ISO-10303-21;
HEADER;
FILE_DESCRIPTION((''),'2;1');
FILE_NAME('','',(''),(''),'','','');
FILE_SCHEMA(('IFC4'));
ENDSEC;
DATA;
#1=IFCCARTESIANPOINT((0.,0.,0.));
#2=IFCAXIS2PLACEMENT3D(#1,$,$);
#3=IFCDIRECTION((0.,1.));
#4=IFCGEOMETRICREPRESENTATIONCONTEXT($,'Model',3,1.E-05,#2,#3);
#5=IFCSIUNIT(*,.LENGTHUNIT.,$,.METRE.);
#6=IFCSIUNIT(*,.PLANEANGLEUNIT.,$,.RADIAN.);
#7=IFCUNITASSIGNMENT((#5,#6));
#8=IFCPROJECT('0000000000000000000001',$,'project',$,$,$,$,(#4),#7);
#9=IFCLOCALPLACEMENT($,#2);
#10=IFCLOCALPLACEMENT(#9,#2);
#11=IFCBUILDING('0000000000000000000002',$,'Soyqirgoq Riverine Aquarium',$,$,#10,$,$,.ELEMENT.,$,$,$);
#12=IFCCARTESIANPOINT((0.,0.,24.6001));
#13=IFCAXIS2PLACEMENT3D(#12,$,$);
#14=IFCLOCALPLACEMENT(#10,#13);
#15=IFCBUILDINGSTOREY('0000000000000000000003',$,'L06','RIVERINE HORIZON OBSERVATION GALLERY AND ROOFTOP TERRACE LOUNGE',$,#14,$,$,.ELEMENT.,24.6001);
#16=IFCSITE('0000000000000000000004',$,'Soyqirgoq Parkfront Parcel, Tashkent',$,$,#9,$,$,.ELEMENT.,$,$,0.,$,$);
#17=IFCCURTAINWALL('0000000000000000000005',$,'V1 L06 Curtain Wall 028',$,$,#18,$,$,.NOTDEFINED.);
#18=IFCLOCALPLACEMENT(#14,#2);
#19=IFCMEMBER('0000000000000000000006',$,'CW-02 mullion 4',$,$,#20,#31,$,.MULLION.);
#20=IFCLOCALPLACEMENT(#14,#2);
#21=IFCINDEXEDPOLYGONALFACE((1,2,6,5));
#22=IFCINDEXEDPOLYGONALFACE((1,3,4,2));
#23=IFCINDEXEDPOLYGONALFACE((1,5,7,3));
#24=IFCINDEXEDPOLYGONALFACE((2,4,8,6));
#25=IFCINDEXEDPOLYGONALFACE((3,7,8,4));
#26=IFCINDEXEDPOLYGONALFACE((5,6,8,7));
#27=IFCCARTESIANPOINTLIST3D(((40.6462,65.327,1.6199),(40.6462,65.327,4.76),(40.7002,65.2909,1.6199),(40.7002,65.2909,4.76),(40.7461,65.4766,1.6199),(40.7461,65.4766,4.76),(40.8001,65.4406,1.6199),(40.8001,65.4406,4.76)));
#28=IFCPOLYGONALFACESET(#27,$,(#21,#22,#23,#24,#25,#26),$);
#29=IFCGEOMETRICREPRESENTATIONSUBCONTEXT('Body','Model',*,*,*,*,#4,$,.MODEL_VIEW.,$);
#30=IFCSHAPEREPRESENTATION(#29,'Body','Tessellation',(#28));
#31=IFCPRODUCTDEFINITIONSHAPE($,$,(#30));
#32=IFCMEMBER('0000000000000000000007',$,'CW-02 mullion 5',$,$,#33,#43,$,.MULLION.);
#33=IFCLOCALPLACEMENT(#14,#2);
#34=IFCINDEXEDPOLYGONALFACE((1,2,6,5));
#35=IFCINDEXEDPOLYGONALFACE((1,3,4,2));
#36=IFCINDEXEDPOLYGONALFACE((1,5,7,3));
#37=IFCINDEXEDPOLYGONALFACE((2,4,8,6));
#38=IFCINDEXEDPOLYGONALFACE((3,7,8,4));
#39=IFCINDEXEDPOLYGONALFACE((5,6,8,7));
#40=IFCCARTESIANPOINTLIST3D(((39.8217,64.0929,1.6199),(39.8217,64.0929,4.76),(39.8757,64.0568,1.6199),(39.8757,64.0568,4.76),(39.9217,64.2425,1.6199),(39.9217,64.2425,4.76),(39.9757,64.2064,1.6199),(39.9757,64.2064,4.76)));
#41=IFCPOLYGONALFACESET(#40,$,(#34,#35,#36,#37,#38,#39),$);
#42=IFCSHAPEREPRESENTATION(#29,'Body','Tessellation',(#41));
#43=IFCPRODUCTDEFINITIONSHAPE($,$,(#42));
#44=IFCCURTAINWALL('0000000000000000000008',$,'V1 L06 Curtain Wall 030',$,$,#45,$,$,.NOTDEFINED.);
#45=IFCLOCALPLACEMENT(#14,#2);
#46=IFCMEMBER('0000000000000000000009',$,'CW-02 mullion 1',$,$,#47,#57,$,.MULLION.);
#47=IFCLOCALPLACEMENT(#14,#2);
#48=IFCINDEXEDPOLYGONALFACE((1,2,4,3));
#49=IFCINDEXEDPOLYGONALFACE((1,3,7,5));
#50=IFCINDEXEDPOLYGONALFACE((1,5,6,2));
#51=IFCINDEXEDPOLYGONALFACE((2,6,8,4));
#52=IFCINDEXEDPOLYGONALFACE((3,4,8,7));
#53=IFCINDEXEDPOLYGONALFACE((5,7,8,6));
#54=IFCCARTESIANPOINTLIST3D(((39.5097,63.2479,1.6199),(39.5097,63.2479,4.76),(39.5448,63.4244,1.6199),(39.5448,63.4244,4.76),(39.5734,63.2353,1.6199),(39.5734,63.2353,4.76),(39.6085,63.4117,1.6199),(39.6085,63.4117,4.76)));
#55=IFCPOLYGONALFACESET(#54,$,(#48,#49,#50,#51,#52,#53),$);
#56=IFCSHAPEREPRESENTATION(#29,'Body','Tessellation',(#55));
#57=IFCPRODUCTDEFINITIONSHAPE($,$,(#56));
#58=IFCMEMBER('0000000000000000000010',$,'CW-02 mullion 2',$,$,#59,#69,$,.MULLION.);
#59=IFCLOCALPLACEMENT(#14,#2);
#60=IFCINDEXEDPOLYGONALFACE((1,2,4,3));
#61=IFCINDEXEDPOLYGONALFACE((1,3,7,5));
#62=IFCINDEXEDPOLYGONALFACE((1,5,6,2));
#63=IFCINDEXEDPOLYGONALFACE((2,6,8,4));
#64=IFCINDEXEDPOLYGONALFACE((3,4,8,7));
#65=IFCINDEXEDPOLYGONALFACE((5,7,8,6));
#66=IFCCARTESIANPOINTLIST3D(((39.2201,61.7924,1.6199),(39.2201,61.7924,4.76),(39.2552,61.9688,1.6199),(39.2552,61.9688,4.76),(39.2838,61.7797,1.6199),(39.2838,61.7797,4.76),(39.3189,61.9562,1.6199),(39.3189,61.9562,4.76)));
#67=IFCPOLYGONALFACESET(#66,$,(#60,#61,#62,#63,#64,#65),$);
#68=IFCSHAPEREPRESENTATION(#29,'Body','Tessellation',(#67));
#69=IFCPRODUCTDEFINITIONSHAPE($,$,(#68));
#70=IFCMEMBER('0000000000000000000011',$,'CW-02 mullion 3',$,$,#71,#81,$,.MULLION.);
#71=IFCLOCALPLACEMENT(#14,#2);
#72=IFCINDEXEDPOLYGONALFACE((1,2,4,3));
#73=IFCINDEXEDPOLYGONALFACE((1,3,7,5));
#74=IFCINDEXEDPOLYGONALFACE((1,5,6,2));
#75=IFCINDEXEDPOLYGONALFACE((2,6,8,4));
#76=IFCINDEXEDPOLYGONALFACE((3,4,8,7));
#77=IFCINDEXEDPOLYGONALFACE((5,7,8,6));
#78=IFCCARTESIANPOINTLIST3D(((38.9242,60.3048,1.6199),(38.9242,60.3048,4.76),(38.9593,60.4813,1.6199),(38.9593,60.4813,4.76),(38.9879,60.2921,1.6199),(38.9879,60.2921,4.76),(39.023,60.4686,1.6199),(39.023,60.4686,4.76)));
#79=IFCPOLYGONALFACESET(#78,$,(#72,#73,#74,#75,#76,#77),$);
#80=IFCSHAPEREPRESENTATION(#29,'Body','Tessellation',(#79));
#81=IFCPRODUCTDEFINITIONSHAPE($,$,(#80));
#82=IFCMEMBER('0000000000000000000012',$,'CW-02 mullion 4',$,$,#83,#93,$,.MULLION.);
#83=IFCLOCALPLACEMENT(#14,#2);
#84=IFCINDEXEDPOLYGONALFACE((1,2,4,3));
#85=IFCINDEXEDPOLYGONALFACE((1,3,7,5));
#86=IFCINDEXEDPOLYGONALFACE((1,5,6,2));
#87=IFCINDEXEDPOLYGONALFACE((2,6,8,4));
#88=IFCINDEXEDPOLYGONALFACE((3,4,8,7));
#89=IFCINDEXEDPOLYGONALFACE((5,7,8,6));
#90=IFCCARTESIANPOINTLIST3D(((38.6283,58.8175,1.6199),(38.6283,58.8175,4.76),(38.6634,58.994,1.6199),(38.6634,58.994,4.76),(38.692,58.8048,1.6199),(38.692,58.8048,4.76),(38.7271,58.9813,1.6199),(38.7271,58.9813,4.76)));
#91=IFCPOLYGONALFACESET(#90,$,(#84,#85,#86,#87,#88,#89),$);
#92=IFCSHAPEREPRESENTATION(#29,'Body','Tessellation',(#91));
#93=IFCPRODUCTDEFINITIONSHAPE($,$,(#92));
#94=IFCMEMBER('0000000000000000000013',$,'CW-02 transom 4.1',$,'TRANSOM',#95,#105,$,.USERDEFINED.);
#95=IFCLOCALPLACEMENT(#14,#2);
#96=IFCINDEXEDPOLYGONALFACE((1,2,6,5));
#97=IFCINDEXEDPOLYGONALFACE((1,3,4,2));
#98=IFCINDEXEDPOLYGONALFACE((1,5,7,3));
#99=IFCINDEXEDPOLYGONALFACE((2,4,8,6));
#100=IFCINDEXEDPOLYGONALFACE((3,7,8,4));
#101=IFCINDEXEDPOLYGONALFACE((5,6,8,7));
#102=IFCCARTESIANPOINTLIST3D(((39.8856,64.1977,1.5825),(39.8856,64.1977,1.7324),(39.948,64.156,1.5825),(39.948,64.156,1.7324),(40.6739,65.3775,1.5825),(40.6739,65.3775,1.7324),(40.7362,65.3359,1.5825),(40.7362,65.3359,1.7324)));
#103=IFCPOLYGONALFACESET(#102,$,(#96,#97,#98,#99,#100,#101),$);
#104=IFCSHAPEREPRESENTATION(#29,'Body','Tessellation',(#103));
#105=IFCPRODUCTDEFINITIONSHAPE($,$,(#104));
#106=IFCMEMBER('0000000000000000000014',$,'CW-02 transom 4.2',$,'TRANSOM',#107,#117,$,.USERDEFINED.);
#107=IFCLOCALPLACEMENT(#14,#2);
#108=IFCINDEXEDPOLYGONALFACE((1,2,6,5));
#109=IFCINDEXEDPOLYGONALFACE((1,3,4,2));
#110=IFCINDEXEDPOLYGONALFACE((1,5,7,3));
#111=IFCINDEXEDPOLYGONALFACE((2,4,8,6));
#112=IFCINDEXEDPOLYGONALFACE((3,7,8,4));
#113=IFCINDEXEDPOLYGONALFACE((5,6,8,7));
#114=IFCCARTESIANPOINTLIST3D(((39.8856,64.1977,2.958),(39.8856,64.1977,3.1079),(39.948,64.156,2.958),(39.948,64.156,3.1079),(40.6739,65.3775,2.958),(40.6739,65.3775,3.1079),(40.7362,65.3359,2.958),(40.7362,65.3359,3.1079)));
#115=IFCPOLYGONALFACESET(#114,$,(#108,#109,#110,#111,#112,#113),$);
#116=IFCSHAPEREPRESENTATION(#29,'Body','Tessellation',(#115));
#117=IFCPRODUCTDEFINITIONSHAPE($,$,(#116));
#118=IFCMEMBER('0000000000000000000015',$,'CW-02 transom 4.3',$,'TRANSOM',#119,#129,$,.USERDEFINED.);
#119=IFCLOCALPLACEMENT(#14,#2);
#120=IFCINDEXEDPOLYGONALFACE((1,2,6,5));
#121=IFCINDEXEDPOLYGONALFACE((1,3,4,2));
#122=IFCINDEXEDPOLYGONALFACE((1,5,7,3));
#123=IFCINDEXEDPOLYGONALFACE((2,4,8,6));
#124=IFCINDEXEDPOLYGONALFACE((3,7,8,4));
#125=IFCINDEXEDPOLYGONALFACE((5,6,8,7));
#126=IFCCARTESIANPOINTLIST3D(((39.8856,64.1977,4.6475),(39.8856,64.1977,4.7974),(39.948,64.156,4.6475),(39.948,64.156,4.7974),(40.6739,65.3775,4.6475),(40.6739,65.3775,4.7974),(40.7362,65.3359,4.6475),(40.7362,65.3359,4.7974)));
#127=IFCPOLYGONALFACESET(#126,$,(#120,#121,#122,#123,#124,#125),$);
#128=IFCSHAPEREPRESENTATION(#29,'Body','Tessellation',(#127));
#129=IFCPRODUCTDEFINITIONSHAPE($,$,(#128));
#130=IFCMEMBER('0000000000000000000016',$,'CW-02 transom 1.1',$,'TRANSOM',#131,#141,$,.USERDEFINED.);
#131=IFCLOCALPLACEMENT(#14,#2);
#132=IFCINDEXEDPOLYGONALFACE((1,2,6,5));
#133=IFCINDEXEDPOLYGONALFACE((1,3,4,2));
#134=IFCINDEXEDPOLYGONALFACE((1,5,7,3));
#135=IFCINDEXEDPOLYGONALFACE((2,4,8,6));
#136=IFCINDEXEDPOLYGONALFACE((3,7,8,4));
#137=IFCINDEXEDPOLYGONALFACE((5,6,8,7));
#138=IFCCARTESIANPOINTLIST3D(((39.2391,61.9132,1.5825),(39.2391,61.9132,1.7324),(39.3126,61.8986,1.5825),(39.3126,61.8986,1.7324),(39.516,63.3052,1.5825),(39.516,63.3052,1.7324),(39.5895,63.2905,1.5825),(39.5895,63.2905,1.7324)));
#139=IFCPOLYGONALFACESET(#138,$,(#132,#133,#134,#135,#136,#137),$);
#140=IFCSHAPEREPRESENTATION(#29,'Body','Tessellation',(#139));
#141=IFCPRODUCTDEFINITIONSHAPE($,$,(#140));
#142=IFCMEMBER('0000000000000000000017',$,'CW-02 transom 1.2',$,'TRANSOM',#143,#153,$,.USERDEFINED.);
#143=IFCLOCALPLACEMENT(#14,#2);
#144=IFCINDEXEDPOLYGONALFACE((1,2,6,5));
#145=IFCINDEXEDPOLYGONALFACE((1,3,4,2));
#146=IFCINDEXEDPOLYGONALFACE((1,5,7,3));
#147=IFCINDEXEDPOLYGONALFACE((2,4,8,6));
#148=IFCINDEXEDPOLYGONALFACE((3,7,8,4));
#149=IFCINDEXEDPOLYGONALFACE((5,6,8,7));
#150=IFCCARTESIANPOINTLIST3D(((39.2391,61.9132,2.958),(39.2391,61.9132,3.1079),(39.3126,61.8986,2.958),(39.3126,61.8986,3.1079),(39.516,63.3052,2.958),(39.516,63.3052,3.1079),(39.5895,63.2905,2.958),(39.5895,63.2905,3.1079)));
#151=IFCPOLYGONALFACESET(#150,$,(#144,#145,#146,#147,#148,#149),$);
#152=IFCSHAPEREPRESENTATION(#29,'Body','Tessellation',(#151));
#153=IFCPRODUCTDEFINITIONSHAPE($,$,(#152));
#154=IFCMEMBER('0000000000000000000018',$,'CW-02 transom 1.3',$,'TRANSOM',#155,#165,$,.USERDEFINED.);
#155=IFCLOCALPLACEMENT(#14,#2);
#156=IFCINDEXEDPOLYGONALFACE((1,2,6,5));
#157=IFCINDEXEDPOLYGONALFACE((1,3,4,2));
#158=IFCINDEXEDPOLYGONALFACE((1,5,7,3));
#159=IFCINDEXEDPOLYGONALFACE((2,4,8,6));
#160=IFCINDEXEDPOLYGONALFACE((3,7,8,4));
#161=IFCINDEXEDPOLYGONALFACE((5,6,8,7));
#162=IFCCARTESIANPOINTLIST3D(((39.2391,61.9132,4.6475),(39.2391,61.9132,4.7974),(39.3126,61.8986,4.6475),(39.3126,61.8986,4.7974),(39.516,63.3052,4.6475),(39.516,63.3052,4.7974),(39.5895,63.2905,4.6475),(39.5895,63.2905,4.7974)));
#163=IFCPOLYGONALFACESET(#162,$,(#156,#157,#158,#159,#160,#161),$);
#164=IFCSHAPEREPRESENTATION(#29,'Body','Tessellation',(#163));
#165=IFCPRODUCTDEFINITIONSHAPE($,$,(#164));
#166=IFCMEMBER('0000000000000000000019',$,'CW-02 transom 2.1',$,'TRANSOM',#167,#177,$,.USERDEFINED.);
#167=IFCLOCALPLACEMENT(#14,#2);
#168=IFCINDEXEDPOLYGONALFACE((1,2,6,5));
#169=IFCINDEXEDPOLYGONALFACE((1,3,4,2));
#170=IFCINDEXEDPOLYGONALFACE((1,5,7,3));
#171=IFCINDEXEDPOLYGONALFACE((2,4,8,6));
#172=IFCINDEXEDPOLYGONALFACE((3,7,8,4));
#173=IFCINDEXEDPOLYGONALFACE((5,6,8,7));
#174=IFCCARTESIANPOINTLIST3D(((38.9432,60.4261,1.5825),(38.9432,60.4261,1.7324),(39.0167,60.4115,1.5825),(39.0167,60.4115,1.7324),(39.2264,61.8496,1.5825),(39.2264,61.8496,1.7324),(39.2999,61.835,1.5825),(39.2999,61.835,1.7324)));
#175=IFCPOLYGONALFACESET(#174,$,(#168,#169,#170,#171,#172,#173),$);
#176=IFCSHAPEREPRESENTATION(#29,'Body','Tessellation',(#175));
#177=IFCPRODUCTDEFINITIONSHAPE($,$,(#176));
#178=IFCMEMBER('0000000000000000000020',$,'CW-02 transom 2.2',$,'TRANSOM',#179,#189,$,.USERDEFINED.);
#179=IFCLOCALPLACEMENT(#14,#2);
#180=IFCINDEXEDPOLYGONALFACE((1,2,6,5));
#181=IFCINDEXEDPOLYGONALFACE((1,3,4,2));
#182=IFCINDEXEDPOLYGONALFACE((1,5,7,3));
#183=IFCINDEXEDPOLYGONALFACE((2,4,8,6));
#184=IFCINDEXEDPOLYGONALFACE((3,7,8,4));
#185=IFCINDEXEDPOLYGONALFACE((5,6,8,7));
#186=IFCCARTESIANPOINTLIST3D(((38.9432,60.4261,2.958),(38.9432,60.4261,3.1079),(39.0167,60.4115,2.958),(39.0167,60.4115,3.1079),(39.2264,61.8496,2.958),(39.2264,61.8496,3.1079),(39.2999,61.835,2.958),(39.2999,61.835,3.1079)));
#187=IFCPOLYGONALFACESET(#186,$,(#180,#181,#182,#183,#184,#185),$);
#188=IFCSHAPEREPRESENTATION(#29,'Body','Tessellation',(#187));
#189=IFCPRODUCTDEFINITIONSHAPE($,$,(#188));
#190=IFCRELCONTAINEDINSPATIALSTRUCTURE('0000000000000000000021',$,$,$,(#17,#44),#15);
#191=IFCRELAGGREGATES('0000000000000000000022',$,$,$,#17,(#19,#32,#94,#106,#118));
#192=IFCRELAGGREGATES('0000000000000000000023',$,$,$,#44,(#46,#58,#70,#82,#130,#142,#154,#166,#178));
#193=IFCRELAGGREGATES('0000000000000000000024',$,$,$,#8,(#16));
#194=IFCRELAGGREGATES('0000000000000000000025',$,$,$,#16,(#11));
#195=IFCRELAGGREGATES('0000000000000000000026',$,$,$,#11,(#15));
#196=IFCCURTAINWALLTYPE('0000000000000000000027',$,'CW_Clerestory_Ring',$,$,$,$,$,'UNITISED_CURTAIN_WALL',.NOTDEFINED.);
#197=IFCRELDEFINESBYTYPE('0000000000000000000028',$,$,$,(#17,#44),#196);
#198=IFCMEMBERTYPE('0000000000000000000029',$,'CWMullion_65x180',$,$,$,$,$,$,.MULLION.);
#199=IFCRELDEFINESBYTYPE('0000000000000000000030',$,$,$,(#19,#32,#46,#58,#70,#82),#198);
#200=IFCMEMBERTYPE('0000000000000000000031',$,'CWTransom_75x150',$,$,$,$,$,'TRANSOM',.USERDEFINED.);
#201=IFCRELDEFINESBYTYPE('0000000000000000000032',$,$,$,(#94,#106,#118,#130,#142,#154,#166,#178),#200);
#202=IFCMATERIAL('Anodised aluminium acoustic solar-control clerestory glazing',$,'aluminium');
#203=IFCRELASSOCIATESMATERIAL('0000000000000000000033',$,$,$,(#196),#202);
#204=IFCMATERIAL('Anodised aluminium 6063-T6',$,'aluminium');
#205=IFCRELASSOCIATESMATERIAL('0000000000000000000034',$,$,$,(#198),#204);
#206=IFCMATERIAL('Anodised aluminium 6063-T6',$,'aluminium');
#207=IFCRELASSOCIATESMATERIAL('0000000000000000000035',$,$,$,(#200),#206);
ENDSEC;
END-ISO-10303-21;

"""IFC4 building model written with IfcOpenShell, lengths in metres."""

from ifc_helpers import new_model, si_unit, direction, frame, origin, origin_2d, place, context, subcontext, project, spatial, rectangle, extrude, material, material_profile, profile_set, type_object, element, aggregate, save


model = new_model("IFC4")

# Units and contexts
model_context = context("Model", 3, precision=1e-05, world=origin(), true_north=direction((0.0, 1.0)))
body_context = subcontext(model_context, "Body", "Model", "MODEL_VIEW")
ifc_project = project(units=[si_unit("LENGTHUNIT", "METRE"), si_unit("PLANEANGLEUNIT", "RADIAN")], contexts=[model_context])

# Site, building, storey
site_placement = place(None, origin())
site = spatial("IfcSite", under=ifc_project, at=site_placement, Name="Soyqirgoq Parkfront Parcel, Tashkent", CompositionType="ELEMENT", RefElevation=0.0)
building_placement = place(site_placement, origin())
building = spatial("IfcBuilding", under=site, at=building_placement, Name="Soyqirgoq Riverine Aquarium", CompositionType="ELEMENT")
storey_placement = place(building_placement, frame((0.0, 0.0, 24.6001)))
storey = spatial("IfcBuildingStorey", under=building, at=storey_placement, Name="L06", Description="RIVERINE HORIZON OBSERVATION GALLERY AND ROOFTOP TERRACE LOUNGE", CompositionType="ELEMENT", Elevation=24.6001)

# Curtain walls, members
ifc_material_1 = material(Name="Anodised aluminium acoustic solar-control clerestory glazing", Category="aluminium")
curtain_wall_type = type_object("IfcCurtainWallType", Name="CW_Clerestory_Ring", ElementType="UNITISED_CURTAIN_WALL", PredefinedType="NOTDEFINED", material=ifc_material_1)
curtain_wall_1_placement = place(storey_placement, origin())
curtain_wall_1 = element("IfcCurtainWall", 1, at=curtain_wall_1_placement, inside=storey, type_object=curtain_wall_type, Name="V1 L06 Curtain Wall 028", PredefinedType="NOTDEFINED")
ifc_material_2 = material(Name="Anodised aluminium 6063-T6", Category="aluminium")
ifc_material_profile_1 = material_profile(ifc_material_2, rectangle(XDim=0.0649, YDim=0.1799, at=origin_2d()), Name="ALU-M 65x180")
ifc_profile_set_1 = profile_set([ifc_material_profile_1], Name="Anodised aluminium 6063-T6")
member_type_1 = type_object("IfcMemberType", Name="CWMullion_65x180", PredefinedType="MULLION", material=ifc_profile_set_1)
member_1_placement = place(storey_placement, frame((40.7231, 65.3838, 1.6199), z_axis=(0.0, 0.0, 1.0), x_axis=(0.831464, -0.555579, 0.0)))
member_1 = element("IfcMember", 2, at=member_1_placement, type_object=member_type_1, Name="CW-02 mullion 4", PredefinedType="MULLION", context=body_context, shape_type="SweptSolid", body=[
    extrude(rectangle(XDim=0.0649, YDim=0.1799, at=origin_2d()), origin(), (0.0, 0.0, 1.0), 3.1401),
])
member_2_placement = place(storey_placement, frame((39.8987, 64.1497, 1.6199), z_axis=(0.0, 0.0, 1.0), x_axis=(0.831464, -0.555579, 0.0)))
member_2 = element("IfcMember", 3, at=member_2_placement, type_object=member_type_1, Name="CW-02 mullion 5", PredefinedType="MULLION", context=body_context, shape_type="SweptSolid", body=[
    extrude(rectangle(XDim=0.0649, YDim=0.1799, at=origin_2d()), origin(), (0.0, 0.0, 1.0), 3.1401),
])
curtain_wall_2_placement = place(storey_placement, origin())
curtain_wall_2 = element("IfcCurtainWall", 4, at=curtain_wall_2_placement, inside=storey, type_object=curtain_wall_type, Name="V1 L06 Curtain Wall 030", PredefinedType="NOTDEFINED")
member_3_placement = place(storey_placement, frame((39.5591, 63.3298, 1.6199), z_axis=(0.0, 0.0, 1.0), x_axis=(0.980784, -0.195095, 0.0)))
member_3 = element("IfcMember", 5, at=member_3_placement, type_object=member_type_1, Name="CW-02 mullion 1", PredefinedType="MULLION", context=body_context, shape_type="SweptSolid", body=[
    extrude(rectangle(XDim=0.0649, YDim=0.1799, at=origin_2d()), origin(), (0.0, 0.0, 1.0), 3.1401),
])
member_4_placement = place(storey_placement, frame((39.2695, 61.8743, 1.6199), z_axis=(0.0, 0.0, 1.0), x_axis=(0.980784, -0.195095, 0.0)))
member_4 = element("IfcMember", 6, at=member_4_placement, type_object=member_type_1, Name="CW-02 mullion 2", PredefinedType="MULLION", context=body_context, shape_type="SweptSolid", body=[
    extrude(rectangle(XDim=0.0649, YDim=0.1799, at=origin_2d()), origin(), (0.0, 0.0, 1.0), 3.1401),
])
member_5_placement = place(storey_placement, frame((38.9736, 60.3867, 1.6199), z_axis=(0.0, 0.0, 1.0), x_axis=(0.980784, -0.195095, 0.0)))
member_5 = element("IfcMember", 7, at=member_5_placement, type_object=member_type_1, Name="CW-02 mullion 3", PredefinedType="MULLION", context=body_context, shape_type="SweptSolid", body=[
    extrude(rectangle(XDim=0.0649, YDim=0.1799, at=origin_2d()), origin(), (0.0, 0.0, 1.0), 3.1401),
])
member_6_placement = place(storey_placement, frame((38.6777, 58.8994, 1.6199), z_axis=(0.0, 0.0, 1.0), x_axis=(0.980784, -0.195095, 0.0)))
member_6 = element("IfcMember", 8, at=member_6_placement, type_object=member_type_1, Name="CW-02 mullion 4", PredefinedType="MULLION", context=body_context, shape_type="SweptSolid", body=[
    extrude(rectangle(XDim=0.0649, YDim=0.1799, at=origin_2d()), origin(), (0.0, 0.0, 1.0), 3.1401),
])

# Members
ifc_material_3 = material(Name="Anodised aluminium 6063-T6", Category="aluminium")
ifc_material_profile_2 = material_profile(ifc_material_3, rectangle(XDim=0.075, YDim=0.1499, at=origin_2d()), Name="ALU-T 75x150")
ifc_profile_set_2 = profile_set([ifc_material_profile_2], Name="Anodised aluminium 6063-T6")
member_type_2 = type_object("IfcMemberType", Name="CWTransom_75x150", ElementType="TRANSOM", PredefinedType="USERDEFINED", material=ifc_profile_set_2)
member_7_placement = place(storey_placement, frame((40.7051, 65.3567, 1.6575), z_axis=(-0.555534, -0.831494, 0.0), x_axis=(0.831494, -0.555534, 0.0)))
member_7 = element("IfcMember", 9, at=member_7_placement, type_object=member_type_2, Name="CW-02 transom 4.1", ObjectType="TRANSOM", PredefinedType="USERDEFINED", context=body_context, shape_type="SweptSolid", body=[
    extrude(rectangle(XDim=0.075, YDim=0.1499, at=origin_2d()), origin(), (0.0, 0.0, 1.0), 1.4189),
])
member_8_placement = place(storey_placement, frame((40.7051, 65.3567, 3.033), z_axis=(-0.555534, -0.831494, 0.0), x_axis=(0.831494, -0.555534, 0.0)))
member_8 = element("IfcMember", 10, at=member_8_placement, type_object=member_type_2, Name="CW-02 transom 4.2", ObjectType="TRANSOM", PredefinedType="USERDEFINED", context=body_context, shape_type="SweptSolid", body=[
    extrude(rectangle(XDim=0.075, YDim=0.1499, at=origin_2d()), origin(), (0.0, 0.0, 1.0), 1.4189),
])
member_9_placement = place(storey_placement, frame((40.7051, 65.3567, 4.7224), z_axis=(-0.555534, -0.831494, 0.0), x_axis=(0.831494, -0.555534, 0.0)))
member_9 = element("IfcMember", 11, at=member_9_placement, type_object=member_type_2, Name="CW-02 transom 4.3", ObjectType="TRANSOM", PredefinedType="USERDEFINED", context=body_context, shape_type="SweptSolid", body=[
    extrude(rectangle(XDim=0.075, YDim=0.1499, at=origin_2d()), origin(), (0.0, 0.0, 1.0), 1.4189),
])
member_10_placement = place(storey_placement, frame((39.5527, 63.2979, 1.6575), z_axis=(-0.19509, -0.980785, 0.0), x_axis=(0.980785, -0.19509, 0.0)))
member_10 = element("IfcMember", 12, at=member_10_placement, type_object=member_type_2, Name="CW-02 transom 1.1", ObjectType="TRANSOM", PredefinedType="USERDEFINED", context=body_context, shape_type="SweptSolid", body=[
    extrude(rectangle(XDim=0.075, YDim=0.1499, at=origin_2d()), origin(), (0.0, 0.0, 1.0), 1.4192),
])
member_11_placement = place(storey_placement, frame((39.5527, 63.2979, 3.033), z_axis=(-0.19509, -0.980785, 0.0), x_axis=(0.980785, -0.19509, 0.0)))
member_11 = element("IfcMember", 13, at=member_11_placement, type_object=member_type_2, Name="CW-02 transom 1.2", ObjectType="TRANSOM", PredefinedType="USERDEFINED", context=body_context, shape_type="SweptSolid", body=[
    extrude(rectangle(XDim=0.075, YDim=0.1499, at=origin_2d()), origin(), (0.0, 0.0, 1.0), 1.4192),
])
member_12_placement = place(storey_placement, frame((39.5527, 63.2979, 4.7224), z_axis=(-0.19509, -0.980785, 0.0), x_axis=(0.980785, -0.19509, 0.0)))
member_12 = element("IfcMember", 14, at=member_12_placement, type_object=member_type_2, Name="CW-02 transom 1.3", ObjectType="TRANSOM", PredefinedType="USERDEFINED", context=body_context, shape_type="SweptSolid", body=[
    extrude(rectangle(XDim=0.075, YDim=0.1499, at=origin_2d()), origin(), (0.0, 0.0, 1.0), 1.4192),
])
member_13_placement = place(storey_placement, frame((39.2632, 61.8423, 1.6575), z_axis=(-0.195113, -0.980781, 0.0), x_axis=(0.980781, -0.195113, 0.0)))
member_13 = element("IfcMember", 15, at=member_13_placement, type_object=member_type_2, Name="CW-02 transom 2.1", ObjectType="TRANSOM", PredefinedType="USERDEFINED", context=body_context, shape_type="SweptSolid", body=[
    extrude(rectangle(XDim=0.075, YDim=0.1499, at=origin_2d()), origin(), (0.0, 0.0, 1.0), 1.4514),
])
member_14_placement = place(storey_placement, frame((39.2632, 61.8423, 3.033), z_axis=(-0.195113, -0.980781, 0.0), x_axis=(0.980781, -0.195113, 0.0)))
member_14 = element("IfcMember", 16, at=member_14_placement, type_object=member_type_2, Name="CW-02 transom 2.2", ObjectType="TRANSOM", PredefinedType="USERDEFINED", context=body_context, shape_type="SweptSolid", body=[
    extrude(rectangle(XDim=0.075, YDim=0.1499, at=origin_2d()), origin(), (0.0, 0.0, 1.0), 1.4514),
])

aggregate(curtain_wall_1, [member_1, member_2, member_7, member_8, member_9])
aggregate(curtain_wall_2, [member_3, member_4, member_5, member_6, member_10, member_11, member_12, member_13, member_14])

save(model, "model.ifc")
